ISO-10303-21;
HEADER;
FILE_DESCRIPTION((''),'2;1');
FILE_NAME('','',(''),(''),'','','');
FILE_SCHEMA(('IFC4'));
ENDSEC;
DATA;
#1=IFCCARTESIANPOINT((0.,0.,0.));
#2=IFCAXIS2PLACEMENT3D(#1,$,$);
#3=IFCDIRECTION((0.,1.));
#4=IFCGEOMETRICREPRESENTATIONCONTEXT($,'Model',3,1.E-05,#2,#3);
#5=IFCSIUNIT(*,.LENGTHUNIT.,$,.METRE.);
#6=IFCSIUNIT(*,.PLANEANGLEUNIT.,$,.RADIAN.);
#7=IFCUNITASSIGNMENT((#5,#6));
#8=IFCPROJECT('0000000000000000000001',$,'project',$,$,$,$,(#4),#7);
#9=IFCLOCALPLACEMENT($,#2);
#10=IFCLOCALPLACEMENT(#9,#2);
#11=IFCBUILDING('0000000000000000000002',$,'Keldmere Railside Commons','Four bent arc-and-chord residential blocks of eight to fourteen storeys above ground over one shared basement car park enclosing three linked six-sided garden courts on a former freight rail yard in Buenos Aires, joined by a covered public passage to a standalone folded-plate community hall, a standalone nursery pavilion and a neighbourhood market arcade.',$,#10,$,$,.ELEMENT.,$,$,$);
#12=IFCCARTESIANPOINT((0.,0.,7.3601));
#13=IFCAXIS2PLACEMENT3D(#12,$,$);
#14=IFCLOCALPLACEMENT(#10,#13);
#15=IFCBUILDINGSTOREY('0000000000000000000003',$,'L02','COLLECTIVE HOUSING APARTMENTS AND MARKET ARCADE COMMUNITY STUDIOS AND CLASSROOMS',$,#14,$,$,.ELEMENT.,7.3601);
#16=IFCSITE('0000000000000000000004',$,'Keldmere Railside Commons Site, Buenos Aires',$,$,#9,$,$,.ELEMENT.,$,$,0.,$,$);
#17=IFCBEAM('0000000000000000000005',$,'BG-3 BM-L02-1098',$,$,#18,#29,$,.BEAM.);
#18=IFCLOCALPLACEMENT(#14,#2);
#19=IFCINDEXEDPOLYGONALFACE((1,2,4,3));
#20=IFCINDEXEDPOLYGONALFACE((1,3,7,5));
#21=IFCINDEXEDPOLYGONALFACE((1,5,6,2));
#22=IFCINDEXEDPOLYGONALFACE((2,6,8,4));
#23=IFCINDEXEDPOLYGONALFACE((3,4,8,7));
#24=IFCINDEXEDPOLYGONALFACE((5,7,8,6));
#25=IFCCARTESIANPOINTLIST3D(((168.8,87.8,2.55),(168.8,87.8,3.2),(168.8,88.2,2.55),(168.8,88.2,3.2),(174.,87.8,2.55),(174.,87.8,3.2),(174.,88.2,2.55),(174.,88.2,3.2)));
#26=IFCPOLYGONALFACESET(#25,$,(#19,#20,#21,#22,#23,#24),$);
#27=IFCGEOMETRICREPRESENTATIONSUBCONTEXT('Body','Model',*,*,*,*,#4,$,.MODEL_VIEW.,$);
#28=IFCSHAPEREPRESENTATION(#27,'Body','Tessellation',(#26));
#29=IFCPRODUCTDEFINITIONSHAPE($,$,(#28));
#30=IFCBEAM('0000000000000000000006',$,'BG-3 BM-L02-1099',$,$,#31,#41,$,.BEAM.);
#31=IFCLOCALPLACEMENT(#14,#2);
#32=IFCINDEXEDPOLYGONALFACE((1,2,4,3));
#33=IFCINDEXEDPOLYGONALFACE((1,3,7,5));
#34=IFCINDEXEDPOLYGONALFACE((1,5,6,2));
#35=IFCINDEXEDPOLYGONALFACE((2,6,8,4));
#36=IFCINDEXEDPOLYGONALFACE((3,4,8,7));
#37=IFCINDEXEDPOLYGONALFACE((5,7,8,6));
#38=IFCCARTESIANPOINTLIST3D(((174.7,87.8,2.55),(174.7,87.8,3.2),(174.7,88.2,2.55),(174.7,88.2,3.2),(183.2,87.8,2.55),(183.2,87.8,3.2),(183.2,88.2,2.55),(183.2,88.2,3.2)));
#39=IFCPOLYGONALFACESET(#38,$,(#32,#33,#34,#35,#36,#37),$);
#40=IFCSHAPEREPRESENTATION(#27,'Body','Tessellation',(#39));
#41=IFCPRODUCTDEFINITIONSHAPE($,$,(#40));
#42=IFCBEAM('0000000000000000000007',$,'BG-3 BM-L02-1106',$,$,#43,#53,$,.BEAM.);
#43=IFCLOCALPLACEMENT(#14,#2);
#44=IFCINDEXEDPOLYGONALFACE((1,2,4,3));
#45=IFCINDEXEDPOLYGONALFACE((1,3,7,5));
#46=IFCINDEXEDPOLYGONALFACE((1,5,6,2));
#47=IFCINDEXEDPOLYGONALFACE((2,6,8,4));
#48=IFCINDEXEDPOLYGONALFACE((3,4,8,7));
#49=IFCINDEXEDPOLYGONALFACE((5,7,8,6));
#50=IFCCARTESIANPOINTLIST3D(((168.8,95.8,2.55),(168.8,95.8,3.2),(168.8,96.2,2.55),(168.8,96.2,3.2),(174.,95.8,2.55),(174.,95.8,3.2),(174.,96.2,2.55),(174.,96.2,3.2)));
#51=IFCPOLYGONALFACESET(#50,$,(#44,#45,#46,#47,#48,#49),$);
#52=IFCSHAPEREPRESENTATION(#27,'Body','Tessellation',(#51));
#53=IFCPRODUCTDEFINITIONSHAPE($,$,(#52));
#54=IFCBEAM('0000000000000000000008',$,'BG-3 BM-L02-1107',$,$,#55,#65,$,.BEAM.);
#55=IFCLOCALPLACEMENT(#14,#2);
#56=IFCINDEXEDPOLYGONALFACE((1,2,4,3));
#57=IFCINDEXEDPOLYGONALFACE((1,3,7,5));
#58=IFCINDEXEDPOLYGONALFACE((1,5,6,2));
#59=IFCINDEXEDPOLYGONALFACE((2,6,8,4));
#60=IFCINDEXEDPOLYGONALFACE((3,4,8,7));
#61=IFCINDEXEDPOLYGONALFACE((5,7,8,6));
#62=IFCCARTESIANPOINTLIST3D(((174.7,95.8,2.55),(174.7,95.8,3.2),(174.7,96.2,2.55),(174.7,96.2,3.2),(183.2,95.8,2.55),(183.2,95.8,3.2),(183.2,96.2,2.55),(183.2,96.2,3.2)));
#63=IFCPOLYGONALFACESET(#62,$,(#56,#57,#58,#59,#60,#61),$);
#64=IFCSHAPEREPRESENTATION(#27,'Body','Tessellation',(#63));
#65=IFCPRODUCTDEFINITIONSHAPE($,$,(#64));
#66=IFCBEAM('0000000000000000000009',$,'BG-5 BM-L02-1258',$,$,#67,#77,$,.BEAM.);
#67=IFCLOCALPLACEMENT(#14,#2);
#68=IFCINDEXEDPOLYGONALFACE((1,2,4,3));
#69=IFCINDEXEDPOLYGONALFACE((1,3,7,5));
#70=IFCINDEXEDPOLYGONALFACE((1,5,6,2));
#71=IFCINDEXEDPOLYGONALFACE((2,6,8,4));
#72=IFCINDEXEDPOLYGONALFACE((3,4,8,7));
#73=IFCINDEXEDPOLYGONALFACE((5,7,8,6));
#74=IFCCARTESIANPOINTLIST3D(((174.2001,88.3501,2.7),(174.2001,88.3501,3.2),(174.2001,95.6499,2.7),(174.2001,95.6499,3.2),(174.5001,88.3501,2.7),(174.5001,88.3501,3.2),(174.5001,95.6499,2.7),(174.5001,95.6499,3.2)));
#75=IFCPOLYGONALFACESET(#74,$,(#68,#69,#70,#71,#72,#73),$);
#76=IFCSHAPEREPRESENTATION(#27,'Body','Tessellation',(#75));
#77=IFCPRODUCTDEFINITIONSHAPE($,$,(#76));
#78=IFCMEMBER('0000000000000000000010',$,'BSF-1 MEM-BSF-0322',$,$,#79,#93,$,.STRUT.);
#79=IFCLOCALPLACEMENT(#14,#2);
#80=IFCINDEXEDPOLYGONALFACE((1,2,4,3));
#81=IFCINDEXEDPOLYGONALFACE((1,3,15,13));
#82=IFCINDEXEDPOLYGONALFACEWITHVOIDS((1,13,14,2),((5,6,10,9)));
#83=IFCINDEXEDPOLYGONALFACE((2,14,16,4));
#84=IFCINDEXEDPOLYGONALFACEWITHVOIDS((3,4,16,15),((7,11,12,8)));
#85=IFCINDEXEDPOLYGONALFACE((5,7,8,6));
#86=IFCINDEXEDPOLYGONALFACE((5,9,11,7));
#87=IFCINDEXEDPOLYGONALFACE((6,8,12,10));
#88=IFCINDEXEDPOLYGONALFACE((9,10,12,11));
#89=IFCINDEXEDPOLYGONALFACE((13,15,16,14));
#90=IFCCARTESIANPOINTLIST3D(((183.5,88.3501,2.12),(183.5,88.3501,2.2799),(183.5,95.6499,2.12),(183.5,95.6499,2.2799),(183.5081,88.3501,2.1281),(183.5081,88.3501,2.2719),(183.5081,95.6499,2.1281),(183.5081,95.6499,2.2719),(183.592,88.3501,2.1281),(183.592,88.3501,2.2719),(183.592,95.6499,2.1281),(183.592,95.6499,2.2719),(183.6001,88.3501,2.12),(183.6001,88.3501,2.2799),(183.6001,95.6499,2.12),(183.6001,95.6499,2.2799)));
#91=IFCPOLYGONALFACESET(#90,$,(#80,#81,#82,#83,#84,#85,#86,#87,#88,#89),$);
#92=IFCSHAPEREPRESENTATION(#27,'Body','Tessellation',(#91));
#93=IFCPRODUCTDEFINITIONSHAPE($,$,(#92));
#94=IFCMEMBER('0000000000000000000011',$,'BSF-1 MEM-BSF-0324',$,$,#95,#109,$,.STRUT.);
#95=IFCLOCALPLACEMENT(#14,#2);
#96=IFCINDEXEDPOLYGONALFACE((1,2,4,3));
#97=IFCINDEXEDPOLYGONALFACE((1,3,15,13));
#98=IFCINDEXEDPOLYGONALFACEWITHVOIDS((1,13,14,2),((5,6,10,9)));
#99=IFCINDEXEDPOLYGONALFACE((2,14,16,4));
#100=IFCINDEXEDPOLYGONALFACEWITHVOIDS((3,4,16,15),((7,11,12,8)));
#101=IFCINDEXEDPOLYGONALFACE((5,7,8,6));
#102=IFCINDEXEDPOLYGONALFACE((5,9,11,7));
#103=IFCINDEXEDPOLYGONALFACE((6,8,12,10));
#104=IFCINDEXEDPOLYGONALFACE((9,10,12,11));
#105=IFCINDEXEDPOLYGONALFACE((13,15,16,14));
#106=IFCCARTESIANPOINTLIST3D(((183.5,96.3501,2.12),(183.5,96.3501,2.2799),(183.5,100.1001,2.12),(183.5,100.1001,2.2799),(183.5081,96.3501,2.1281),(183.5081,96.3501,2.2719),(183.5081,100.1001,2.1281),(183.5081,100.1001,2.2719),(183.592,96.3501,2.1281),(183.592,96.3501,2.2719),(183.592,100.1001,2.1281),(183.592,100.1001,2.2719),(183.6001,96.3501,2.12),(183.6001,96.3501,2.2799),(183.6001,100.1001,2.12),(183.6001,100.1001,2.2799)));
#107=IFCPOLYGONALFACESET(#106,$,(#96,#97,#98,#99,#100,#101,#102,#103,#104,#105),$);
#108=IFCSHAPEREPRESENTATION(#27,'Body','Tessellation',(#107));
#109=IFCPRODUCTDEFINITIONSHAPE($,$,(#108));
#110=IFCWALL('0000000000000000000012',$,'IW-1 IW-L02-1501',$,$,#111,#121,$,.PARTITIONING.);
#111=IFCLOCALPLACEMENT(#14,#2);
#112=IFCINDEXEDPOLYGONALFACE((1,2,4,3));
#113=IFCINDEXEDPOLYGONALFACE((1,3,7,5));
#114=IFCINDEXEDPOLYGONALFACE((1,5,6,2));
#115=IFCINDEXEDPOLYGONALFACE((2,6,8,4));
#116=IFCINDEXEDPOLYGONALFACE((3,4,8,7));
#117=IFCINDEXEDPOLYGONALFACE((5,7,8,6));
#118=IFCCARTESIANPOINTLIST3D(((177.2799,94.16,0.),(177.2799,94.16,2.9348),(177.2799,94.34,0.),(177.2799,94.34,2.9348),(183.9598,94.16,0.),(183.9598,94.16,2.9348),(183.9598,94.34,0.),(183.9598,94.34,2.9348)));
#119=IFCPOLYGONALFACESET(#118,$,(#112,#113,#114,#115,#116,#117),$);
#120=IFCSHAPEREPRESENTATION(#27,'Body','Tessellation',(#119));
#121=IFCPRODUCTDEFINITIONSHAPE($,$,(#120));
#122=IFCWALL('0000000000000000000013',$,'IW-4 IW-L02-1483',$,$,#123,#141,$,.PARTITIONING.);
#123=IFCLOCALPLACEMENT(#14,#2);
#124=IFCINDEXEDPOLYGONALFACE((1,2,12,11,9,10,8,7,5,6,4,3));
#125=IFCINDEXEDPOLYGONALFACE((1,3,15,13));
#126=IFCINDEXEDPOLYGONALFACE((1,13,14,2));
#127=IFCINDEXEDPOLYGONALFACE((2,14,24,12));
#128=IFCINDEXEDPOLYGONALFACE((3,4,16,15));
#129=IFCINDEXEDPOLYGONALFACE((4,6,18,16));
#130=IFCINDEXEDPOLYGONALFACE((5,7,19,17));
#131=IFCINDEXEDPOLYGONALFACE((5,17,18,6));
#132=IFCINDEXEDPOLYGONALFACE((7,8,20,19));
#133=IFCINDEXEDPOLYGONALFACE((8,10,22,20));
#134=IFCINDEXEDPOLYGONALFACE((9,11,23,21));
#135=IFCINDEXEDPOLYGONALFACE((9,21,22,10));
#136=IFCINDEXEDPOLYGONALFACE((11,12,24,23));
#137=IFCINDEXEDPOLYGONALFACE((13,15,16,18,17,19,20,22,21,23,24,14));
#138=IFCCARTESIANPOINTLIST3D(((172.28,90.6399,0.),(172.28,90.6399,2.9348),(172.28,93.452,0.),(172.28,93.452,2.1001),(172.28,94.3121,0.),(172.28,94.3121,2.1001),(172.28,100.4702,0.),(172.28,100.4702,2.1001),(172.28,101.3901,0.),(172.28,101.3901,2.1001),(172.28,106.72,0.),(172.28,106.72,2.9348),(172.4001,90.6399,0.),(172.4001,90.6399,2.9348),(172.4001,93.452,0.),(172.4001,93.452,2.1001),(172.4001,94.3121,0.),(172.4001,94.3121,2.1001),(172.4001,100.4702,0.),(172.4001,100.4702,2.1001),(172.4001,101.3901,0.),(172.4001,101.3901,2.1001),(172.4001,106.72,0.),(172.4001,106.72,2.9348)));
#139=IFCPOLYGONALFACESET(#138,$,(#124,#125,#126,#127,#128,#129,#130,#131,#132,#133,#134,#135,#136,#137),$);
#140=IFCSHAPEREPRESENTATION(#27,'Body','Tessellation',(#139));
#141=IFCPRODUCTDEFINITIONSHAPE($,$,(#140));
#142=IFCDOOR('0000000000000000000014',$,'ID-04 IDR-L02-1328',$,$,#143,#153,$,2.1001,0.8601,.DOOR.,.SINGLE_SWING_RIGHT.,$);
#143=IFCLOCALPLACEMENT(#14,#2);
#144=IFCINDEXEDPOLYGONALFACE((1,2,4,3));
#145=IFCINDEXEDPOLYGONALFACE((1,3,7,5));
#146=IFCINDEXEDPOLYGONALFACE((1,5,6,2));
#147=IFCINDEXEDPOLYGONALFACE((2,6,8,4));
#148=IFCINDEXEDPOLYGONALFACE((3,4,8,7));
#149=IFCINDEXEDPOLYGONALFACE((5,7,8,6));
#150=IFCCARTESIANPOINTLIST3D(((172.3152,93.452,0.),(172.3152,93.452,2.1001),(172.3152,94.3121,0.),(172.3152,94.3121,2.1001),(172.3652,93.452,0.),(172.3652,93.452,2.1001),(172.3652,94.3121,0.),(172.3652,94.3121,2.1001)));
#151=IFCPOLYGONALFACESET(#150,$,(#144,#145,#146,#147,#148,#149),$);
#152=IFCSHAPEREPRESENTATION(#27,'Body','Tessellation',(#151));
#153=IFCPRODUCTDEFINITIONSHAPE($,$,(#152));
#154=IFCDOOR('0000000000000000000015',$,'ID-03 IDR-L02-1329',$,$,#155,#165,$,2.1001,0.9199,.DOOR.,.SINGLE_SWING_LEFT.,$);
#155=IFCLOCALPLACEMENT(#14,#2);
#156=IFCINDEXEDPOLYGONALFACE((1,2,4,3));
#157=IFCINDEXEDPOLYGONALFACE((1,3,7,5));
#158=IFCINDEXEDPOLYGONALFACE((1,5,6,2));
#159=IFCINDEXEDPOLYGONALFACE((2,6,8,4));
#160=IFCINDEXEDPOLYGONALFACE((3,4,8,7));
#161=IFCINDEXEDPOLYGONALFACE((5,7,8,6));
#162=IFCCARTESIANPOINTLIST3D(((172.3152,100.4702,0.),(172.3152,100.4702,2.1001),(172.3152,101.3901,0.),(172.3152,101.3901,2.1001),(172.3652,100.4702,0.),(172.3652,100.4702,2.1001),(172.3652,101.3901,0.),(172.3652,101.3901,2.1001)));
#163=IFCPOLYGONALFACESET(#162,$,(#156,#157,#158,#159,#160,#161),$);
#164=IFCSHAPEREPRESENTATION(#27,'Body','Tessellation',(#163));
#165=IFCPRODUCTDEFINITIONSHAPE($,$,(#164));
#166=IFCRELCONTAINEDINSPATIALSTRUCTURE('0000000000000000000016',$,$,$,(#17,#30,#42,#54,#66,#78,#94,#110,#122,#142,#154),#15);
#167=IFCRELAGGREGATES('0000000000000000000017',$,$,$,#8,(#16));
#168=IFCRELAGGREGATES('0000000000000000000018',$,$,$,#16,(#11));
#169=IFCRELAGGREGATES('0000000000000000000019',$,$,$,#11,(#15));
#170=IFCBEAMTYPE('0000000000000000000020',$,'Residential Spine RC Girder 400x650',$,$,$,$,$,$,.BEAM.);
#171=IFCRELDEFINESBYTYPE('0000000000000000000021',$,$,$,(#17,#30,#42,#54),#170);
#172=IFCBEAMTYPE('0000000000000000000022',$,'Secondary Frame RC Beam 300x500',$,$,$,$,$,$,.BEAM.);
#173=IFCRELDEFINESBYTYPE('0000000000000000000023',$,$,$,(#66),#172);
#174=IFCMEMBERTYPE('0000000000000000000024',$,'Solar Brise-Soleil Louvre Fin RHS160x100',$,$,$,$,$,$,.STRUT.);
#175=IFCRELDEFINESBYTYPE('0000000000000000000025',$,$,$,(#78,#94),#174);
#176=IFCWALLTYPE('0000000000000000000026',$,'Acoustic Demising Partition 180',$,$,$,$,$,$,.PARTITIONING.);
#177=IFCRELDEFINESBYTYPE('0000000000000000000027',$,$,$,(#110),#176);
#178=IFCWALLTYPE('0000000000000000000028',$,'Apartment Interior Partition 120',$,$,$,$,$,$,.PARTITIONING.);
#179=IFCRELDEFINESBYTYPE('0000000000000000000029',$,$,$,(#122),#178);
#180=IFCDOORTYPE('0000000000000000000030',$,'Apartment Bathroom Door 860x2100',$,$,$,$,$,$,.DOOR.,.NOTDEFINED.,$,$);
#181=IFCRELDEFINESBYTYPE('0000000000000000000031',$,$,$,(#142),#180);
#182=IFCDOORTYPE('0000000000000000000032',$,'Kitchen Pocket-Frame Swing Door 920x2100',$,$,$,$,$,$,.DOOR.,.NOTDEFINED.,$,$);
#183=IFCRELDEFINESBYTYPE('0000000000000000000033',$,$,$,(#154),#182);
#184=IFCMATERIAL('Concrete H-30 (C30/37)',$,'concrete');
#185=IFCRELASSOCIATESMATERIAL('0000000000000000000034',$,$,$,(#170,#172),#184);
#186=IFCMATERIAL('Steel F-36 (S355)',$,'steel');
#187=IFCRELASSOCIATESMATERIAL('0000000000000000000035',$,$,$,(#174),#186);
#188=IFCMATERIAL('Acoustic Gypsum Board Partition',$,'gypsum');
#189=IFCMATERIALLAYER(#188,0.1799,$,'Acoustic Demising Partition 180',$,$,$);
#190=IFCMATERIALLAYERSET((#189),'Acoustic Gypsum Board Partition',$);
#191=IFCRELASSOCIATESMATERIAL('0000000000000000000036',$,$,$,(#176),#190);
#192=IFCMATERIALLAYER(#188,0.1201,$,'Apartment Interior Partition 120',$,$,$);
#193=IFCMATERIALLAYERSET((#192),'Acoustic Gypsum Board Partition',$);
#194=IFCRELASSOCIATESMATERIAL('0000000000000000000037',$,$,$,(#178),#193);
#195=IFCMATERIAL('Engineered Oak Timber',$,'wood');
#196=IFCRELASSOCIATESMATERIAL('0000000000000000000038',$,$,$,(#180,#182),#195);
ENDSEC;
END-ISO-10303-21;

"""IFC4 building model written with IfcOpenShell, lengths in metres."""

from ifc_helpers import new_model, si_unit, direction, frame, frame_2d, origin, origin_2d, place, context, subcontext, project, spatial, rectangle, hollow_rectangle, extrude, material, layer, layer_set, material_profile, profile_set, type_object, element, fill, save


model = new_model("IFC4")

# Units and contexts
model_context = context("Model", 3, precision=1e-05, world=origin(), true_north=direction((0.0, 1.0)))
body_context = subcontext(model_context, "Body", "Model", "MODEL_VIEW")
ifc_project = project(units=[si_unit("LENGTHUNIT", "METRE"), si_unit("PLANEANGLEUNIT", "RADIAN")], contexts=[model_context])

# Site, building, storey
site_placement = place(None, origin())
site = spatial("IfcSite", under=ifc_project, at=site_placement, Name="Keldmere Railside Commons Site, Buenos Aires", CompositionType="ELEMENT", RefElevation=0.0)
building_placement = place(site_placement, origin())
building = spatial("IfcBuilding", under=site, at=building_placement, Name="Keldmere Railside Commons", Description="Four bent arc-and-chord residential blocks of eight to fourteen storeys above ground over one shared basement car park enclosing three linked six-sided garden courts on a former freight rail yard in Buenos Aires, joined by a covered public passage to a standalone folded-plate community hall, a standalone nursery pavilion and a neighbourhood market arcade.", CompositionType="ELEMENT")
storey_placement = place(building_placement, frame((0.0, 0.0, 7.3601)))
storey = spatial("IfcBuildingStorey", under=building, at=storey_placement, Name="L02", Description="COLLECTIVE HOUSING APARTMENTS AND MARKET ARCADE COMMUNITY STUDIOS AND CLASSROOMS", CompositionType="ELEMENT", Elevation=7.3601)

# Shared definitions
ifc_material_1 = material(Name="Steel F-36 (S355)", Category="steel")

# Beams
ifc_material_2 = material(Name="Concrete H-30 (C30/37)", Category="concrete")
ifc_material_profile_1 = material_profile(ifc_material_2, rectangle(XDim=0.3999, YDim=0.6499, at=origin_2d()), Name="RC-400x650")
ifc_profile_set_1 = profile_set([ifc_material_profile_1], Name="Concrete H-30 (C30/37)")
beam_type_1 = type_object("IfcBeamType", Name="Residential Spine RC Girder 400x650", PredefinedType="BEAM", material=ifc_profile_set_1)
beam_1_placement = place(storey_placement, frame((168.8, 88.0, 2.875), z_axis=(1.0, 0.0, 0.0), x_axis=(0.0, 1.0, 0.0)))
element("IfcBeam", 1, at=beam_1_placement, inside=storey, type_object=beam_type_1, Name="BG-3 BM-L02-1098", PredefinedType="BEAM", context=body_context, shape_type="SweptSolid", body=[
    extrude(rectangle(XDim=0.3999, YDim=0.6499, at=origin_2d()), origin(), (0.0, 0.0, 1.0), 5.2),
])
beam_2_placement = place(storey_placement, frame((174.7, 88.0, 2.875), z_axis=(1.0, 0.0, 0.0), x_axis=(0.0, 1.0, 0.0)))
element("IfcBeam", 2, at=beam_2_placement, inside=storey, type_object=beam_type_1, Name="BG-3 BM-L02-1099", PredefinedType="BEAM", context=body_context, shape_type="SweptSolid", body=[
    extrude(rectangle(XDim=0.3999, YDim=0.6499, at=origin_2d()), origin(), (0.0, 0.0, 1.0), 8.5),
])
beam_3_placement = place(storey_placement, frame((168.8, 96.0, 2.875), z_axis=(1.0, 0.0, 0.0), x_axis=(0.0, 1.0, 0.0)))
element("IfcBeam", 3, at=beam_3_placement, inside=storey, type_object=beam_type_1, Name="BG-3 BM-L02-1106", PredefinedType="BEAM", context=body_context, shape_type="SweptSolid", body=[
    extrude(rectangle(XDim=0.3999, YDim=0.6499, at=origin_2d()), origin(), (0.0, 0.0, 1.0), 5.2),
])
beam_4_placement = place(storey_placement, frame((174.7, 96.0, 2.875), z_axis=(1.0, 0.0, 0.0), x_axis=(0.0, 1.0, 0.0)))
element("IfcBeam", 4, at=beam_4_placement, inside=storey, type_object=beam_type_1, Name="BG-3 BM-L02-1107", PredefinedType="BEAM", context=body_context, shape_type="SweptSolid", body=[
    extrude(rectangle(XDim=0.3999, YDim=0.6499, at=origin_2d()), origin(), (0.0, 0.0, 1.0), 8.5),
])
ifc_material_profile_2 = material_profile(ifc_material_2, rectangle(XDim=0.3, YDim=0.5, at=origin_2d()), Name="RC-300x500")
ifc_profile_set_2 = profile_set([ifc_material_profile_2], Name="Concrete H-30 (C30/37)")
beam_type_2 = type_object("IfcBeamType", Name="Secondary Frame RC Beam 300x500", PredefinedType="BEAM", material=ifc_profile_set_2)
beam_5_placement = place(storey_placement, frame((174.3501, 88.3501, 2.95), z_axis=(0.0, 1.0, 0.0), x_axis=(-1.0, 0.0, 0.0)))
element("IfcBeam", 5, at=beam_5_placement, inside=storey, type_object=beam_type_2, Name="BG-5 BM-L02-1258", PredefinedType="BEAM", context=body_context, shape_type="SweptSolid", body=[
    extrude(rectangle(XDim=0.3, YDim=0.5, at=origin_2d()), origin(), (0.0, 0.0, 1.0), 7.2998),
])

# Members
ifc_material_profile_3 = material_profile(ifc_material_1, hollow_rectangle(XDim=0.1001, YDim=0.1599, WallThickness=0.0081, at=origin_2d()), Name="RHS-160x100x8")
ifc_profile_set_3 = profile_set([ifc_material_profile_3], Name="Steel F-36 (S355)")
member_type_1 = type_object("IfcMemberType", Name="Solar Brise-Soleil Louvre Fin RHS160x100", PredefinedType="STRUT", material=ifc_profile_set_3)
member_1_placement = place(storey_placement, frame((183.55, 88.3501, 2.2), z_axis=(0.0, 1.0, 0.0), x_axis=(-1.0, 0.0, 0.0)))
element("IfcMember", 6, at=member_1_placement, inside=storey, type_object=member_type_1, Name="BSF-1 MEM-BSF-0322", PredefinedType="STRUT", context=body_context, shape_type="SweptSolid", body=[
    extrude(hollow_rectangle(XDim=0.1001, YDim=0.1599, WallThickness=0.0081, at=origin_2d()), origin(), (0.0, 0.0, 1.0), 7.2998),
])
member_2_placement = place(storey_placement, frame((183.55, 96.3501, 2.2), z_axis=(0.0, 1.0, 0.0), x_axis=(-1.0, 0.0, 0.0)))
element("IfcMember", 7, at=member_2_placement, inside=storey, type_object=member_type_1, Name="BSF-1 MEM-BSF-0324", PredefinedType="STRUT", context=body_context, shape_type="SweptSolid", body=[
    extrude(hollow_rectangle(XDim=0.1001, YDim=0.1599, WallThickness=0.0081, at=origin_2d()), origin(), (0.0, 0.0, 1.0), 3.75),
])

# Wall
ifc_material_3 = material(Name="Acoustic Gypsum Board Partition", Category="gypsum")
ifc_layer_1 = layer(ifc_material_3, 0.1799, Name="Acoustic Demising Partition 180")
ifc_layer_set_1 = layer_set([ifc_layer_1], Name="Acoustic Gypsum Board Partition")
wall_type_1 = type_object("IfcWallType", Name="Acoustic Demising Partition 180", PredefinedType="PARTITIONING", material=ifc_layer_set_1)
wall_1_placement = place(storey_placement, frame((177.28, 94.25, 0.0), z_axis=(0.0, 0.0, 1.0), x_axis=(1.0, 0.0, 0.0)))
element("IfcWall", 8, at=wall_1_placement, inside=storey, type_object=wall_type_1, Name="IW-1 IW-L02-1501", PredefinedType="PARTITIONING", context=body_context, shape_type="SweptSolid", body=[
    extrude(rectangle(XDim=6.6799, YDim=0.1799, at=frame_2d((3.3398, 0.0))), origin(), (0.0, 0.0, 1.0), 2.9348),
])

# Wall, openings, doors
ifc_layer_2 = layer(ifc_material_3, 0.1201, Name="Apartment Interior Partition 120")
ifc_layer_set_2 = layer_set([ifc_layer_2], Name="Acoustic Gypsum Board Partition")
wall_type_2 = type_object("IfcWallType", Name="Apartment Interior Partition 120", PredefinedType="PARTITIONING", material=ifc_layer_set_2)
wall_2_placement = place(storey_placement, frame((172.3401, 90.6399, 0.0), z_axis=(0.0, 0.0, 1.0), x_axis=(0.0, 1.0, 0.0)))
wall_2 = element("IfcWall", 9, at=wall_2_placement, inside=storey, type_object=wall_type_2, Name="IW-4 IW-L02-1483", PredefinedType="PARTITIONING", context=body_context, shape_type="SweptSolid", body=[
    extrude(rectangle(XDim=16.0801, YDim=0.1201, at=frame_2d((8.04, 0.0))), origin(), (0.0, 0.0, 1.0), 2.9348),
])
opening_1_placement = place(wall_2_placement, frame((2.812, 0.0, 0.0)))
opening_1 = element("IfcOpeningElement", 10, at=opening_1_placement, cuts=wall_2, PredefinedType="OPENING", context=body_context, shape_type="SweptSolid", body=[
    extrude(rectangle(XDim=0.8601, YDim=2.1001, at=frame_2d((0.4302, 1.05))), frame((0.0, 0.0701, 0.0), z_axis=(0.0, -1.0, 0.0), x_axis=(1.0, 0.0, 0.0)), (0.0, 0.0, 1.0), 0.1401),
])
opening_2_placement = place(wall_2_placement, frame((9.8303, 0.0, 0.0)))
opening_2 = element("IfcOpeningElement", 11, at=opening_2_placement, cuts=wall_2, PredefinedType="OPENING", context=body_context, shape_type="SweptSolid", body=[
    extrude(rectangle(XDim=0.9199, YDim=2.1001, at=frame_2d((0.46, 1.05))), frame((0.0, 0.0701, 0.0), z_axis=(0.0, -1.0, 0.0), x_axis=(1.0, 0.0, 0.0)), (0.0, 0.0, 1.0), 0.1401),
])
ifc_material_4 = material(Name="Engineered Oak Timber", Category="wood")
door_type_1 = type_object("IfcDoorType", Name="Apartment Bathroom Door 860x2100", OperationType="NOTDEFINED", PredefinedType="DOOR", material=ifc_material_4)
door_1_placement = place(opening_1_placement, origin())
door_1 = element("IfcDoor", 12, at=door_1_placement, inside=storey, type_object=door_type_1, Name="ID-04 IDR-L02-1328", OperationType="SINGLE_SWING_RIGHT", OverallHeight=2.1001, OverallWidth=0.8601, PredefinedType="DOOR", context=body_context, shape_type="SweptSolid", body=[
    extrude(rectangle(XDim=0.8601, YDim=2.1001, at=frame_2d((0.4302, 1.05))), frame((0.0, 0.0249, 0.0), z_axis=(0.0, -1.0, 0.0), x_axis=(1.0, 0.0, 0.0)), (0.0, 0.0, 1.0), 0.05),
])
fill(opening_1, door_1)
door_type_2 = type_object("IfcDoorType", Name="Kitchen Pocket-Frame Swing Door 920x2100", OperationType="NOTDEFINED", PredefinedType="DOOR", material=ifc_material_4)
door_2_placement = place(opening_2_placement, origin())
door_2 = element("IfcDoor", 13, at=door_2_placement, inside=storey, type_object=door_type_2, Name="ID-03 IDR-L02-1329", OperationType="SINGLE_SWING_LEFT", OverallHeight=2.1001, OverallWidth=0.9199, PredefinedType="DOOR", context=body_context, shape_type="SweptSolid", body=[
    extrude(rectangle(XDim=0.9199, YDim=2.1001, at=frame_2d((0.46, 1.05))), frame((0.0, 0.0249, 0.0), z_axis=(0.0, -1.0, 0.0), x_axis=(1.0, 0.0, 0.0)), (0.0, 0.0, 1.0), 0.05),
])
fill(opening_2, door_2)

save(model, "model.ifc")
